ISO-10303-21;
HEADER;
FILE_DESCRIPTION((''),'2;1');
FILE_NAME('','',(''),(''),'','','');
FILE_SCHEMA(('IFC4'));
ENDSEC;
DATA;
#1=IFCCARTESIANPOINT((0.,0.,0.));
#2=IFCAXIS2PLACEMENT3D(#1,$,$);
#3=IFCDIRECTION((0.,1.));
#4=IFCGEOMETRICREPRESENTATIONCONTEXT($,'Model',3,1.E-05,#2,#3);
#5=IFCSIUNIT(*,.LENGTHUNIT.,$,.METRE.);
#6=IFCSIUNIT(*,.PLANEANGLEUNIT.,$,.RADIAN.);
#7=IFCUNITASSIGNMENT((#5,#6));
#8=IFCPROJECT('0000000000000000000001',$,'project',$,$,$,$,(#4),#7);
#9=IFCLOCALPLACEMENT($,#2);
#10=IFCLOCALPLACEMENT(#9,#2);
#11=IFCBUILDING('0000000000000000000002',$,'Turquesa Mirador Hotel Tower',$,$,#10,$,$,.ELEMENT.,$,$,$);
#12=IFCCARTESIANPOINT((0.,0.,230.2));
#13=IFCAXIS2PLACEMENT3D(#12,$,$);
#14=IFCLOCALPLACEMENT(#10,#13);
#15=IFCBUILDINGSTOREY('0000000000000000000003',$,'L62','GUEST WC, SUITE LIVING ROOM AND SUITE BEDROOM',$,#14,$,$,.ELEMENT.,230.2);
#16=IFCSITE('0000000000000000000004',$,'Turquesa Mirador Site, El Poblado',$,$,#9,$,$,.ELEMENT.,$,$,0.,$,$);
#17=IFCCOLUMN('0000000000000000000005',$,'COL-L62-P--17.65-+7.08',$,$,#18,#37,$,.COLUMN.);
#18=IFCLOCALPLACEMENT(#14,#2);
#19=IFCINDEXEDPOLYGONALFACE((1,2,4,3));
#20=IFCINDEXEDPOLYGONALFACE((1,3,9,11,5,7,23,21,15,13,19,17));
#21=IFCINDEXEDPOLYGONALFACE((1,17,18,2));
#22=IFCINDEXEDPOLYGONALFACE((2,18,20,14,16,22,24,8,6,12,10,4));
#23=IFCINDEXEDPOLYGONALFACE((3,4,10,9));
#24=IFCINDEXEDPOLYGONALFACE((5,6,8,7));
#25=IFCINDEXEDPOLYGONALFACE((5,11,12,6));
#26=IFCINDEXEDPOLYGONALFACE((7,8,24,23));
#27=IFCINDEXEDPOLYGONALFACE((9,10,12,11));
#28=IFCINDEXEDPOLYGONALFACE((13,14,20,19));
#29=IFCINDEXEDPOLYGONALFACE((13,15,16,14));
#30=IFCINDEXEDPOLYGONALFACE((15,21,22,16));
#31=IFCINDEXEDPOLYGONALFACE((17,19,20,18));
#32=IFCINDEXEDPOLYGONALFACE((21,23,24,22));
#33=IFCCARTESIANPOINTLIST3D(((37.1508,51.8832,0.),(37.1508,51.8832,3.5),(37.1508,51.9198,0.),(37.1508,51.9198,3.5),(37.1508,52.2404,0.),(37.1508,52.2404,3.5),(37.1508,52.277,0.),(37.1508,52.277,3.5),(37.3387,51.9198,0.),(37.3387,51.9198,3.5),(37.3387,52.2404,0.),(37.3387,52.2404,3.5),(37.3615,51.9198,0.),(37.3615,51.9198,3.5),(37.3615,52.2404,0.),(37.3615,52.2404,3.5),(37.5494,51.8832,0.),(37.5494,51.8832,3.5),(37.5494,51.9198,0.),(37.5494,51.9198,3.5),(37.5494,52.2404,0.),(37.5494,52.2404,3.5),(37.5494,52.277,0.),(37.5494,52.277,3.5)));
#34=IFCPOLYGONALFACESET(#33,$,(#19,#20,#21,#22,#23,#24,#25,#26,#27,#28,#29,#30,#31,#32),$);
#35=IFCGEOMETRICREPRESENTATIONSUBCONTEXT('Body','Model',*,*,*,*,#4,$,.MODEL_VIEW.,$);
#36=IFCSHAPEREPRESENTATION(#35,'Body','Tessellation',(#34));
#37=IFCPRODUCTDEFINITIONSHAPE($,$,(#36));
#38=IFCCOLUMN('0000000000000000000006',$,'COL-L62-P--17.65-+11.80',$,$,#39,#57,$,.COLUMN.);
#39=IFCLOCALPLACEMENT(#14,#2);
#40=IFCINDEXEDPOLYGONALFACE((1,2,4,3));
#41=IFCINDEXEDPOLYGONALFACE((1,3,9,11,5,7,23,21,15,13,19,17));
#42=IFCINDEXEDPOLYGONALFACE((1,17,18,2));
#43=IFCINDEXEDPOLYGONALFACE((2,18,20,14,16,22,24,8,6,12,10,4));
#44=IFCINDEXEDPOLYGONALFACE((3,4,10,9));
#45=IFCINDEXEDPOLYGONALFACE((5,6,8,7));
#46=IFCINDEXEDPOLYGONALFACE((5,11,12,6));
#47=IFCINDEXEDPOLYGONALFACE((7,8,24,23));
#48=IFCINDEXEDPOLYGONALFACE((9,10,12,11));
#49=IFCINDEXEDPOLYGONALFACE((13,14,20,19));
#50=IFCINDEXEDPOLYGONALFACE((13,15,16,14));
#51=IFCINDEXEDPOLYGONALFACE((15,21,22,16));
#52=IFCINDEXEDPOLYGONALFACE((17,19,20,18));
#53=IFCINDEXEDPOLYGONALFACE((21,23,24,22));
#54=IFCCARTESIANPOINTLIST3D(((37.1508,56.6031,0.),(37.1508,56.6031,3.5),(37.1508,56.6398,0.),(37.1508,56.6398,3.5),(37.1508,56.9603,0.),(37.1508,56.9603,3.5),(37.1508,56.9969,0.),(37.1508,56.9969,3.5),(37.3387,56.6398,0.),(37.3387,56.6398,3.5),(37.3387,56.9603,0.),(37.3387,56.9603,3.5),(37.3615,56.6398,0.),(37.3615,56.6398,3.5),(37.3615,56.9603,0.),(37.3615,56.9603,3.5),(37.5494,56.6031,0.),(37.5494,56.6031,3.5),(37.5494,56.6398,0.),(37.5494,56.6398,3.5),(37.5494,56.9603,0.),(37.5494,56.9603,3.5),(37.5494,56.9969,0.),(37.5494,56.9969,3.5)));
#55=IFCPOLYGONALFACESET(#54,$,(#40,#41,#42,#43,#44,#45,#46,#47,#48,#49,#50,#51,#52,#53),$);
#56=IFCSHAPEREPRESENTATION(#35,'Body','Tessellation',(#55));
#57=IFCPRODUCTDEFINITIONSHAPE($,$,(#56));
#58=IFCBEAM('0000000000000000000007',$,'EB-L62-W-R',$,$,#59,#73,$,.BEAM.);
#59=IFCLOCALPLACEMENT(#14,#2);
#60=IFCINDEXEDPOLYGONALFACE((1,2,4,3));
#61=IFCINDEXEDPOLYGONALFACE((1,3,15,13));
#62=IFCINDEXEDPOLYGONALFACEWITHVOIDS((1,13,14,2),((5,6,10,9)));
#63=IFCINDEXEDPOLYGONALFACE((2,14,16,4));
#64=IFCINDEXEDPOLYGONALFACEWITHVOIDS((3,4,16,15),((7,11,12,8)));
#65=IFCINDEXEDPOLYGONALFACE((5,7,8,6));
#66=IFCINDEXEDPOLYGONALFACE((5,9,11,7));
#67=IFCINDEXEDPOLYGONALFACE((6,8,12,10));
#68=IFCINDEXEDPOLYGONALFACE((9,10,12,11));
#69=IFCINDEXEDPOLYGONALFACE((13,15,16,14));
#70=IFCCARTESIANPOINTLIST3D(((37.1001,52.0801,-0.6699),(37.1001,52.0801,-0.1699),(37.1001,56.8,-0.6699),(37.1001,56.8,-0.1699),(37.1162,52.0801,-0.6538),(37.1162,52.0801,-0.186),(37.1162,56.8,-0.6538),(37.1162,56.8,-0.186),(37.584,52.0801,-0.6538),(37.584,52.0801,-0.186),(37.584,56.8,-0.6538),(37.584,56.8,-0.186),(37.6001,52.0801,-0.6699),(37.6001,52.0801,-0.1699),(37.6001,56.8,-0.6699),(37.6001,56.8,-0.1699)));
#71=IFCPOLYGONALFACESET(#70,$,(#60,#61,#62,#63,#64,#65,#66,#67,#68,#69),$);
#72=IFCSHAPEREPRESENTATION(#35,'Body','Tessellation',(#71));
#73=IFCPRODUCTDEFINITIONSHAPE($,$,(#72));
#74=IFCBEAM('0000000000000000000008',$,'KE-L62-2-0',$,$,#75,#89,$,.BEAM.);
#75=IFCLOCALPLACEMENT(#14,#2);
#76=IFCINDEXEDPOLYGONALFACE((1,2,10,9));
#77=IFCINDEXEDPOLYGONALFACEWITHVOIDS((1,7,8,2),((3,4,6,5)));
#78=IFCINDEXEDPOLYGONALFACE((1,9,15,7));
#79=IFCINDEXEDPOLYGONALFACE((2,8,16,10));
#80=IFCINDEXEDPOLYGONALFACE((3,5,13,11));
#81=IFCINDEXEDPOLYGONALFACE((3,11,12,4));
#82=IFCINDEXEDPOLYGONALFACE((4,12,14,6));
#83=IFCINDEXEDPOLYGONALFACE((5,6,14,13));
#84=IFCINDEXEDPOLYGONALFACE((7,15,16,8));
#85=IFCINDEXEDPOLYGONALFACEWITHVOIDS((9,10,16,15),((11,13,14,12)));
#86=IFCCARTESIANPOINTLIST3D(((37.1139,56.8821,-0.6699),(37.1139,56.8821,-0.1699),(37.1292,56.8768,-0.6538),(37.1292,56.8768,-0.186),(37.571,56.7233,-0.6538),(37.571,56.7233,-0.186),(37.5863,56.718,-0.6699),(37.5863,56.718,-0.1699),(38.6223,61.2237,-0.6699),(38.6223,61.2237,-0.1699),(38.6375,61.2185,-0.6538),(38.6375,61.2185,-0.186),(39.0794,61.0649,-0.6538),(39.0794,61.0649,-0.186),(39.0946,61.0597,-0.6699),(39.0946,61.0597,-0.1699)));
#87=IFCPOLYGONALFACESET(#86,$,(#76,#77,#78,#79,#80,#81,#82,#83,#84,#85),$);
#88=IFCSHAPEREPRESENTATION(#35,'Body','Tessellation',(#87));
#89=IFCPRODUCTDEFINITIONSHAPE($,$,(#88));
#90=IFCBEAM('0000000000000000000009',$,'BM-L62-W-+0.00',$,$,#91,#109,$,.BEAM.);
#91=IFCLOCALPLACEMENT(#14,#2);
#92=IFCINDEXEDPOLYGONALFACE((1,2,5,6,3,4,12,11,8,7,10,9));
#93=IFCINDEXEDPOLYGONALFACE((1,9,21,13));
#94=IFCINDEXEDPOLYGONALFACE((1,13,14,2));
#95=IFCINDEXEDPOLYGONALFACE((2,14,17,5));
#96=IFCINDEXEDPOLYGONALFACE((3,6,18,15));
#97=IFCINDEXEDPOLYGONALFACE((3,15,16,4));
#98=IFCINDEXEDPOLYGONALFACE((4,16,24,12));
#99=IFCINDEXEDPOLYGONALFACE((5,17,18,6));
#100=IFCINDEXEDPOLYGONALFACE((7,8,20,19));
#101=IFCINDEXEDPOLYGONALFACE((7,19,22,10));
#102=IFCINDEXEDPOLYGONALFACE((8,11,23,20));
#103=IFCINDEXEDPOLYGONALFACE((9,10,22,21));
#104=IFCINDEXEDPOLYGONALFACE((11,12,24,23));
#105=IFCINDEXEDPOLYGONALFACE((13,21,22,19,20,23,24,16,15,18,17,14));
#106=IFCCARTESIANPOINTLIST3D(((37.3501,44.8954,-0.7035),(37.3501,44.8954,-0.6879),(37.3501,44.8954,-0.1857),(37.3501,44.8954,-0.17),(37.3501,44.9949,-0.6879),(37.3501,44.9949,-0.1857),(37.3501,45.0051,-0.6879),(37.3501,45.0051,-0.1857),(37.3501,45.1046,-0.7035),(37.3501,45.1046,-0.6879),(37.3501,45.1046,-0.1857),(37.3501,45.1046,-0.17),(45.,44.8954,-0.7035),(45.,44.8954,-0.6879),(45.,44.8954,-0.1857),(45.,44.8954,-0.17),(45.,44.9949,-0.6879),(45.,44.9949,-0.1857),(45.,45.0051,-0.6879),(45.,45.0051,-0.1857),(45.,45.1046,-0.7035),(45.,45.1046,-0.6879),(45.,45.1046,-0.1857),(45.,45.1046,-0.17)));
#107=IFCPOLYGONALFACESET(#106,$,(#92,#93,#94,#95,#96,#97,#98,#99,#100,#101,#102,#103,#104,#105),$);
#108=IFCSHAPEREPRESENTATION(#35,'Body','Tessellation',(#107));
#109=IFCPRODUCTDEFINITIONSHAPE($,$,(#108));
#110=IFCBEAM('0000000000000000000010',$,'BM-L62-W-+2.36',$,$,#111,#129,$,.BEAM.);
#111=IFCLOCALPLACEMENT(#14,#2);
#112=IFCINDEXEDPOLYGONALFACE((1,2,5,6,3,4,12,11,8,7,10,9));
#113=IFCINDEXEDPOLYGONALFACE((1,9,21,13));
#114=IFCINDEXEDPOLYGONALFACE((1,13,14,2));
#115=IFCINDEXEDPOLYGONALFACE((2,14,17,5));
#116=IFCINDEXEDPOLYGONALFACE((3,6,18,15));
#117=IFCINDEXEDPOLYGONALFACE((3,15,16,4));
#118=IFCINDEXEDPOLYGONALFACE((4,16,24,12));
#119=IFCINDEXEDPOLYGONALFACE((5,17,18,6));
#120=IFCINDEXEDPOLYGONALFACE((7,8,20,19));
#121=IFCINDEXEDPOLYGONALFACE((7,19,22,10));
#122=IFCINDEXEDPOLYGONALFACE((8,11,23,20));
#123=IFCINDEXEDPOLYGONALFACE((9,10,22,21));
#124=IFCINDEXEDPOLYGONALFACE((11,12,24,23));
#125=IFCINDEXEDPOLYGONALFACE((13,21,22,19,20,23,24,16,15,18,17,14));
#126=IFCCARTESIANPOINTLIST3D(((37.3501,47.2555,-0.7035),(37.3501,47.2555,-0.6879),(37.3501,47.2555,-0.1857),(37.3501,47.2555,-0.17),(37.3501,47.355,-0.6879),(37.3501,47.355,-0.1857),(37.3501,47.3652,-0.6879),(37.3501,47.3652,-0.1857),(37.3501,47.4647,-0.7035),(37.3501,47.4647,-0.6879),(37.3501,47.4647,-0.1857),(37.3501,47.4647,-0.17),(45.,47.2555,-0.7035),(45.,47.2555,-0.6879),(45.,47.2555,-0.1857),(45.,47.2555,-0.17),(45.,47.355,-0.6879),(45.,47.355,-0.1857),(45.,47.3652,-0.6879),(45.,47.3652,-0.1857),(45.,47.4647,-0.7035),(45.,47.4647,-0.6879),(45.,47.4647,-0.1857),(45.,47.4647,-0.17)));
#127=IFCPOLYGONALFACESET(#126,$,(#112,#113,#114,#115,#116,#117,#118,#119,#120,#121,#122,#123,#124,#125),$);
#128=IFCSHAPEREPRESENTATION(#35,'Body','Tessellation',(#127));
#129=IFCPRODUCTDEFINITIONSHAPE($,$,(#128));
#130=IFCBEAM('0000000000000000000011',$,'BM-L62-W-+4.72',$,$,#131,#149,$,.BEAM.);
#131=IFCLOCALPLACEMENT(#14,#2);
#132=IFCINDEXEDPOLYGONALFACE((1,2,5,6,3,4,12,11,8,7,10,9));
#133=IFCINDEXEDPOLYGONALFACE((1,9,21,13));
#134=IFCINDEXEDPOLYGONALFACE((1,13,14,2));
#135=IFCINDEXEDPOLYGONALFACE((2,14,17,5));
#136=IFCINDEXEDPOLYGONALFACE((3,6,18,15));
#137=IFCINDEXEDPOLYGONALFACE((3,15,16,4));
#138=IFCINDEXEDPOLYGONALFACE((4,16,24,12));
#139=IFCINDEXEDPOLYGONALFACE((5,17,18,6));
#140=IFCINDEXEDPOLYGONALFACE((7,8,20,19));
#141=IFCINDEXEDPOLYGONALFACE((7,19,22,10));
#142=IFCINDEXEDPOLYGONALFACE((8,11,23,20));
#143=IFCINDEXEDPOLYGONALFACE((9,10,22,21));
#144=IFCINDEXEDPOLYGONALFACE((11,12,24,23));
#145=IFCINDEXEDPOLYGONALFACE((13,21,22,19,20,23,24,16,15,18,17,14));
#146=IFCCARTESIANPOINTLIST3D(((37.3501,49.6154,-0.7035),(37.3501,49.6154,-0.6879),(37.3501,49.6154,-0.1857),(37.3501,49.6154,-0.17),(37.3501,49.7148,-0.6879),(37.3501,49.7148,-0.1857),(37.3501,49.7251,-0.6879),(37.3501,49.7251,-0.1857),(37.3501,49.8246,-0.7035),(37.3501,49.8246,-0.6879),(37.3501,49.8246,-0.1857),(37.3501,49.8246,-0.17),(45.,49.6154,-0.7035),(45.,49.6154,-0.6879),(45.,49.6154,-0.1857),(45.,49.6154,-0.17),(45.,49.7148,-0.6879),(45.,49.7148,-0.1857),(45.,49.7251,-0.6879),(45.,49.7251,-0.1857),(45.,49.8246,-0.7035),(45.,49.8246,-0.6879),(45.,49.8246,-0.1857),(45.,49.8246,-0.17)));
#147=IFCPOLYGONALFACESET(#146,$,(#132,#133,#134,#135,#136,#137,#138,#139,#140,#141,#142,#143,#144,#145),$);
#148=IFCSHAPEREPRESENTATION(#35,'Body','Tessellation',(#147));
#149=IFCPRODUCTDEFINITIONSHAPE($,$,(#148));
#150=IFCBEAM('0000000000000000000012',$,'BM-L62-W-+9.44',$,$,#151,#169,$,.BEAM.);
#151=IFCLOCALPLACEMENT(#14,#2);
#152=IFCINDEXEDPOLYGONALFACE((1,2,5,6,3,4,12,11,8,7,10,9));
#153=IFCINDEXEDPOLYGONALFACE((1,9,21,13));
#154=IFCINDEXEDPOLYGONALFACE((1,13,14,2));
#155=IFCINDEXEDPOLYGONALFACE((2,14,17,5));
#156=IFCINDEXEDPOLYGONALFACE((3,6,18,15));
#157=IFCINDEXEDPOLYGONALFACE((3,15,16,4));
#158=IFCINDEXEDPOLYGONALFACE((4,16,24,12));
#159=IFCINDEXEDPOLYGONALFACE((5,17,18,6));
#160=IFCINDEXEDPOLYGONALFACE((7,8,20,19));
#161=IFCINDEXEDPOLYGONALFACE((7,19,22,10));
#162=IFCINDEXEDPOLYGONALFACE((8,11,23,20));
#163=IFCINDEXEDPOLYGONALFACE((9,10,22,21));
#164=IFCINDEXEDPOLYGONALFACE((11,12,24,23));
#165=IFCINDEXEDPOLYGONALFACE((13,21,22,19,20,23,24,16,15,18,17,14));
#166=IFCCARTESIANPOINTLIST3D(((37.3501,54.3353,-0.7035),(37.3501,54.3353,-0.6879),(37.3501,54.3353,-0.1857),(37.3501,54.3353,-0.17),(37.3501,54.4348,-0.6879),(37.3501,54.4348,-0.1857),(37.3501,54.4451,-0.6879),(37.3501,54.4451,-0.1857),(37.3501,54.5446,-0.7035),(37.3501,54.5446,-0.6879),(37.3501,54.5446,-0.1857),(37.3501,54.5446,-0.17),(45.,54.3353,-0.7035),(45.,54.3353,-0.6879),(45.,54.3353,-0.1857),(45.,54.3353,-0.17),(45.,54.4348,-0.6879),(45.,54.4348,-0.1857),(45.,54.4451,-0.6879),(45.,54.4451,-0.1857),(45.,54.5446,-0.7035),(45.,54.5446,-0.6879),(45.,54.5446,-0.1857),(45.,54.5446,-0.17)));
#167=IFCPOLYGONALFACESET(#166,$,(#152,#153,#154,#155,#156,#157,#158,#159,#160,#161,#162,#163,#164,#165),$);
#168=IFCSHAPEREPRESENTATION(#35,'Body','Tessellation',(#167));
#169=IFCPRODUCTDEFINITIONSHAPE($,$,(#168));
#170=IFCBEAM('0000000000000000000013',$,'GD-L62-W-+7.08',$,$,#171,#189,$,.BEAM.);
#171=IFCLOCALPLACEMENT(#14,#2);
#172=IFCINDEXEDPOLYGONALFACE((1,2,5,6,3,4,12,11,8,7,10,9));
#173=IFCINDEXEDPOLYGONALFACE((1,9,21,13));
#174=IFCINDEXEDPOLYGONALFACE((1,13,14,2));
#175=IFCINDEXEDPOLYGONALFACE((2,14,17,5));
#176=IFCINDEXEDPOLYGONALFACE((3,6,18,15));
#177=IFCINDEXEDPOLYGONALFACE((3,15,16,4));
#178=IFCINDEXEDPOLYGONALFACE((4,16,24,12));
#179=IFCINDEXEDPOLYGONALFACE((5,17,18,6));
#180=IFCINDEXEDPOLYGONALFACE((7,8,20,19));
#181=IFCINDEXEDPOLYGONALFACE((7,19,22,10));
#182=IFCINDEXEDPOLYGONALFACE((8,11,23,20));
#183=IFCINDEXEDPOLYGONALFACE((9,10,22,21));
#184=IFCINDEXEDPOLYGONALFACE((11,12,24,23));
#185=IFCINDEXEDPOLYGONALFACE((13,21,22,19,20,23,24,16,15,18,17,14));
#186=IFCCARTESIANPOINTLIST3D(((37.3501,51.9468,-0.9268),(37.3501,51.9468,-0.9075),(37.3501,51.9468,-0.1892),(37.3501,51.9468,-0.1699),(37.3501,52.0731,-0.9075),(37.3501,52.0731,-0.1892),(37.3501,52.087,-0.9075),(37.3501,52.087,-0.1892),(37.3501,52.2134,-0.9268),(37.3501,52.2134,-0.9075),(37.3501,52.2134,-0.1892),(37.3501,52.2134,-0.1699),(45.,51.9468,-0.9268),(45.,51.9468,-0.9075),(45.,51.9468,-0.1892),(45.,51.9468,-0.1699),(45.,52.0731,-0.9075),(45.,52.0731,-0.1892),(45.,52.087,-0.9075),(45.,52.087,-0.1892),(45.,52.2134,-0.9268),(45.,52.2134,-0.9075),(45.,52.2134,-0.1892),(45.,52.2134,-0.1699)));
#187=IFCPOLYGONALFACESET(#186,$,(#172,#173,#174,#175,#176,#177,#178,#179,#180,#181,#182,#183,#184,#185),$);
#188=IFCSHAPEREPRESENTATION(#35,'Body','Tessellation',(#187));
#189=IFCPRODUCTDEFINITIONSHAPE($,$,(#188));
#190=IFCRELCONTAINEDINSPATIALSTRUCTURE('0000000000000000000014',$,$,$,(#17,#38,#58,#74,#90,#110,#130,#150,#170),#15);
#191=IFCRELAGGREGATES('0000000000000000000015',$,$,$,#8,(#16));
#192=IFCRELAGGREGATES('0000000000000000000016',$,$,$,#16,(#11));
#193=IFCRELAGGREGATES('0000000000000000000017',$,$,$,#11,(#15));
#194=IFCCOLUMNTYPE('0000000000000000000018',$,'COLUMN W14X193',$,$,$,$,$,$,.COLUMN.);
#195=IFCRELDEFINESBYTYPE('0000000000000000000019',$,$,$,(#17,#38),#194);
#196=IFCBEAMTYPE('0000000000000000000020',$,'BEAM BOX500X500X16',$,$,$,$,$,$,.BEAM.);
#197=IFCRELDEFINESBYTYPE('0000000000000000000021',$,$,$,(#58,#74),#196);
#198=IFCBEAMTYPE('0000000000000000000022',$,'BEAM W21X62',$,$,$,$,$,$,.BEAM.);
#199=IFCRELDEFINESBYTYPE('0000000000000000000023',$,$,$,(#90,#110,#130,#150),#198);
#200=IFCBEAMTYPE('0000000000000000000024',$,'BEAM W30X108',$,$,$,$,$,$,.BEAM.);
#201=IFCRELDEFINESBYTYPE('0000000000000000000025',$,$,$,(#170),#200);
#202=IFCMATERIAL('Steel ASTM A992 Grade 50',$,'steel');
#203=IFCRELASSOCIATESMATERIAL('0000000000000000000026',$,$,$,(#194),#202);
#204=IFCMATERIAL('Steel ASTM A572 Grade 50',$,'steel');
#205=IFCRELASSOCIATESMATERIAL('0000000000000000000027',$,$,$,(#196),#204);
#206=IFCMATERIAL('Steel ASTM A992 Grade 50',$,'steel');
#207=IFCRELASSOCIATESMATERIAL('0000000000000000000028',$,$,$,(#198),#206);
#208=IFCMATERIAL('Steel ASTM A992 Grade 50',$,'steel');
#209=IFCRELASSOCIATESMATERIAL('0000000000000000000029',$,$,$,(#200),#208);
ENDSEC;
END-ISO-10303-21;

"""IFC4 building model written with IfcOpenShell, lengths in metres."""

from ifc_helpers import new_model, si_unit, direction, frame, origin, origin_2d, place, context, subcontext, project, spatial, hollow_rectangle, i_section, extrude, material, material_profile, profile_set, type_object, element, save


model = new_model("IFC4")

# Units and contexts
model_context = context("Model", 3, precision=1e-05, world=origin(), true_north=direction((0.0, 1.0)))
body_context = subcontext(model_context, "Body", "Model", "MODEL_VIEW")
ifc_project = project(units=[si_unit("LENGTHUNIT", "METRE"), si_unit("PLANEANGLEUNIT", "RADIAN")], contexts=[model_context])

# Site, building, storey
site_placement = place(None, origin())
site = spatial("IfcSite", under=ifc_project, at=site_placement, Name="Turquesa Mirador Site, El Poblado", CompositionType="ELEMENT", RefElevation=0.0)
building_placement = place(site_placement, origin())
building = spatial("IfcBuilding", under=site, at=building_placement, Name="Turquesa Mirador Hotel Tower", CompositionType="ELEMENT")
storey_placement = place(building_placement, frame((0.0, 0.0, 230.2)))
storey = spatial("IfcBuildingStorey", under=building, at=storey_placement, Name="L62", Description="GUEST WC, SUITE LIVING ROOM AND SUITE BEDROOM", CompositionType="ELEMENT", Elevation=230.2)

# Columns
ifc_material_1 = material(Name="Steel ASTM A992 Grade 50", Category="steel")
ifc_material_profile_1 = material_profile(ifc_material_1, i_section(OverallWidth=0.3987, OverallDepth=0.3938, WebThickness=0.0227, FlangeThickness=0.0366, at=origin_2d()), Name="W14X193")
ifc_profile_set_1 = profile_set([ifc_material_profile_1], Name="Steel ASTM A992 Grade 50")
column_type = type_object("IfcColumnType", Name="COLUMN W14X193", PredefinedType="COLUMN", material=ifc_profile_set_1)
for number, where, z_axis, x_axis, name in (
    (1, (37.3501, 52.0801, 0.0), (0.0, 0.0, 1.0), (1.0, 0.0, 0.0), "COL-L62-P--17.65-+7.08"),
    (2, (37.3501, 56.8, 0.0), (0.0, 0.0, 1.0), (1.0, 0.0, 0.0), "COL-L62-P--17.65-+11.80"),
):
    element("IfcColumn", number, at=place(storey_placement, frame(where, z_axis=z_axis, x_axis=x_axis)), inside=storey, type_object=column_type, Name=name, PredefinedType="COLUMN", context=body_context, shape_type="SweptSolid", body=[
        extrude(i_section(OverallWidth=0.3987, OverallDepth=0.3938, WebThickness=0.0227, FlangeThickness=0.0366, at=origin_2d()), origin(), (0.0, 0.0, 1.0), 3.5),
    ])

# Beams
ifc_material_2 = material(Name="Steel ASTM A572 Grade 50", Category="steel")
ifc_material_profile_2 = material_profile(ifc_material_2, hollow_rectangle(XDim=0.5, YDim=0.5, WallThickness=0.0161, at=origin_2d()), Name="BOX500X500X16")
ifc_profile_set_2 = profile_set([ifc_material_profile_2], Name="Steel ASTM A572 Grade 50")
beam_type_1 = type_object("IfcBeamType", Name="BEAM BOX500X500X16", PredefinedType="BEAM", material=ifc_profile_set_2)
beam_1_placement = place(storey_placement, frame((37.3501, 52.0801, -0.4199), z_axis=(0.0, 1.0, 0.0), x_axis=(-1.0, 0.0, 0.0)))
element("IfcBeam", 3, at=beam_1_placement, inside=storey, type_object=beam_type_1, Name="EB-L62-W-R", PredefinedType="BEAM", context=body_context, shape_type="SweptSolid", body=[
    extrude(hollow_rectangle(XDim=0.5, YDim=0.5, WallThickness=0.0161, at=origin_2d()), origin(), (0.0, 0.0, 1.0), 4.72),
])
beam_2_placement = place(storey_placement, frame((37.3501, 56.8, -0.4199), z_axis=(0.32817, 0.944619, 0.0), x_axis=(-0.944619, 0.32817, 0.0)))
element("IfcBeam", 4, at=beam_2_placement, inside=storey, type_object=beam_type_1, Name="KE-L62-2-0", PredefinedType="BEAM", context=body_context, shape_type="SweptSolid", body=[
    extrude(hollow_rectangle(XDim=0.5, YDim=0.5, WallThickness=0.0161, at=origin_2d()), origin(), (0.0, 0.0, 1.0), 4.5962),
])
ifc_material_3 = material(Name="Steel ASTM A992 Grade 50", Category="steel")
ifc_material_profile_3 = material_profile(ifc_material_3, i_section(OverallWidth=0.2092, OverallDepth=0.5334, WebThickness=0.0103, FlangeThickness=0.0156, at=origin_2d()), Name="W21X62")
ifc_profile_set_3 = profile_set([ifc_material_profile_3], Name="Steel ASTM A992 Grade 50")
beam_type_2 = type_object("IfcBeamType", Name="BEAM W21X62", PredefinedType="BEAM", material=ifc_profile_set_3)
for number, where, z_axis, x_axis, name in (
    (5, (37.3501, 45.0, -0.4368), (1.0, 0.0, 0.0), (0.0, 1.0, 0.0), "BM-L62-W-+0.00"),
    (6, (37.3501, 47.3601, -0.4368), (1.0, 0.0, 0.0), (0.0, 1.0, 0.0), "BM-L62-W-+2.36"),
    (7, (37.3501, 49.72, -0.4368), (1.0, 0.0, 0.0), (0.0, 1.0, 0.0), "BM-L62-W-+4.72"),
    (8, (37.3501, 54.4399, -0.4368), (1.0, 0.0, 0.0), (0.0, 1.0, 0.0), "BM-L62-W-+9.44"),
):
    element("IfcBeam", number, at=place(storey_placement, frame(where, z_axis=z_axis, x_axis=x_axis)), inside=storey, type_object=beam_type_2, Name=name, PredefinedType="BEAM", context=body_context, shape_type="SweptSolid", body=[
        extrude(i_section(OverallWidth=0.2092, OverallDepth=0.5334, WebThickness=0.0103, FlangeThickness=0.0156, at=origin_2d()), origin(), (0.0, 0.0, 1.0), 7.6499),
    ])
ifc_material_4 = material(Name="Steel ASTM A992 Grade 50", Category="steel")
ifc_material_profile_4 = material_profile(ifc_material_4, i_section(OverallWidth=0.2666, OverallDepth=0.7568, WebThickness=0.0139, FlangeThickness=0.0193, at=origin_2d()), Name="W30X108")
ifc_profile_set_4 = profile_set([ifc_material_profile_4], Name="Steel ASTM A992 Grade 50")
beam_type_3 = type_object("IfcBeamType", Name="BEAM W30X108", PredefinedType="BEAM", material=ifc_profile_set_4)
beam_3_placement = place(storey_placement, frame((37.3501, 52.0801, -0.5483), z_axis=(1.0, 0.0, 0.0), x_axis=(0.0, 1.0, 0.0)))
element("IfcBeam", 9, at=beam_3_placement, inside=storey, type_object=beam_type_3, Name="GD-L62-W-+7.08", PredefinedType="BEAM", context=body_context, shape_type="SweptSolid", body=[
    extrude(i_section(OverallWidth=0.2666, OverallDepth=0.7568, WebThickness=0.0139, FlangeThickness=0.0193, at=origin_2d()), origin(), (0.0, 0.0, 1.0), 7.6499),
])

save(model, "model.ifc")
